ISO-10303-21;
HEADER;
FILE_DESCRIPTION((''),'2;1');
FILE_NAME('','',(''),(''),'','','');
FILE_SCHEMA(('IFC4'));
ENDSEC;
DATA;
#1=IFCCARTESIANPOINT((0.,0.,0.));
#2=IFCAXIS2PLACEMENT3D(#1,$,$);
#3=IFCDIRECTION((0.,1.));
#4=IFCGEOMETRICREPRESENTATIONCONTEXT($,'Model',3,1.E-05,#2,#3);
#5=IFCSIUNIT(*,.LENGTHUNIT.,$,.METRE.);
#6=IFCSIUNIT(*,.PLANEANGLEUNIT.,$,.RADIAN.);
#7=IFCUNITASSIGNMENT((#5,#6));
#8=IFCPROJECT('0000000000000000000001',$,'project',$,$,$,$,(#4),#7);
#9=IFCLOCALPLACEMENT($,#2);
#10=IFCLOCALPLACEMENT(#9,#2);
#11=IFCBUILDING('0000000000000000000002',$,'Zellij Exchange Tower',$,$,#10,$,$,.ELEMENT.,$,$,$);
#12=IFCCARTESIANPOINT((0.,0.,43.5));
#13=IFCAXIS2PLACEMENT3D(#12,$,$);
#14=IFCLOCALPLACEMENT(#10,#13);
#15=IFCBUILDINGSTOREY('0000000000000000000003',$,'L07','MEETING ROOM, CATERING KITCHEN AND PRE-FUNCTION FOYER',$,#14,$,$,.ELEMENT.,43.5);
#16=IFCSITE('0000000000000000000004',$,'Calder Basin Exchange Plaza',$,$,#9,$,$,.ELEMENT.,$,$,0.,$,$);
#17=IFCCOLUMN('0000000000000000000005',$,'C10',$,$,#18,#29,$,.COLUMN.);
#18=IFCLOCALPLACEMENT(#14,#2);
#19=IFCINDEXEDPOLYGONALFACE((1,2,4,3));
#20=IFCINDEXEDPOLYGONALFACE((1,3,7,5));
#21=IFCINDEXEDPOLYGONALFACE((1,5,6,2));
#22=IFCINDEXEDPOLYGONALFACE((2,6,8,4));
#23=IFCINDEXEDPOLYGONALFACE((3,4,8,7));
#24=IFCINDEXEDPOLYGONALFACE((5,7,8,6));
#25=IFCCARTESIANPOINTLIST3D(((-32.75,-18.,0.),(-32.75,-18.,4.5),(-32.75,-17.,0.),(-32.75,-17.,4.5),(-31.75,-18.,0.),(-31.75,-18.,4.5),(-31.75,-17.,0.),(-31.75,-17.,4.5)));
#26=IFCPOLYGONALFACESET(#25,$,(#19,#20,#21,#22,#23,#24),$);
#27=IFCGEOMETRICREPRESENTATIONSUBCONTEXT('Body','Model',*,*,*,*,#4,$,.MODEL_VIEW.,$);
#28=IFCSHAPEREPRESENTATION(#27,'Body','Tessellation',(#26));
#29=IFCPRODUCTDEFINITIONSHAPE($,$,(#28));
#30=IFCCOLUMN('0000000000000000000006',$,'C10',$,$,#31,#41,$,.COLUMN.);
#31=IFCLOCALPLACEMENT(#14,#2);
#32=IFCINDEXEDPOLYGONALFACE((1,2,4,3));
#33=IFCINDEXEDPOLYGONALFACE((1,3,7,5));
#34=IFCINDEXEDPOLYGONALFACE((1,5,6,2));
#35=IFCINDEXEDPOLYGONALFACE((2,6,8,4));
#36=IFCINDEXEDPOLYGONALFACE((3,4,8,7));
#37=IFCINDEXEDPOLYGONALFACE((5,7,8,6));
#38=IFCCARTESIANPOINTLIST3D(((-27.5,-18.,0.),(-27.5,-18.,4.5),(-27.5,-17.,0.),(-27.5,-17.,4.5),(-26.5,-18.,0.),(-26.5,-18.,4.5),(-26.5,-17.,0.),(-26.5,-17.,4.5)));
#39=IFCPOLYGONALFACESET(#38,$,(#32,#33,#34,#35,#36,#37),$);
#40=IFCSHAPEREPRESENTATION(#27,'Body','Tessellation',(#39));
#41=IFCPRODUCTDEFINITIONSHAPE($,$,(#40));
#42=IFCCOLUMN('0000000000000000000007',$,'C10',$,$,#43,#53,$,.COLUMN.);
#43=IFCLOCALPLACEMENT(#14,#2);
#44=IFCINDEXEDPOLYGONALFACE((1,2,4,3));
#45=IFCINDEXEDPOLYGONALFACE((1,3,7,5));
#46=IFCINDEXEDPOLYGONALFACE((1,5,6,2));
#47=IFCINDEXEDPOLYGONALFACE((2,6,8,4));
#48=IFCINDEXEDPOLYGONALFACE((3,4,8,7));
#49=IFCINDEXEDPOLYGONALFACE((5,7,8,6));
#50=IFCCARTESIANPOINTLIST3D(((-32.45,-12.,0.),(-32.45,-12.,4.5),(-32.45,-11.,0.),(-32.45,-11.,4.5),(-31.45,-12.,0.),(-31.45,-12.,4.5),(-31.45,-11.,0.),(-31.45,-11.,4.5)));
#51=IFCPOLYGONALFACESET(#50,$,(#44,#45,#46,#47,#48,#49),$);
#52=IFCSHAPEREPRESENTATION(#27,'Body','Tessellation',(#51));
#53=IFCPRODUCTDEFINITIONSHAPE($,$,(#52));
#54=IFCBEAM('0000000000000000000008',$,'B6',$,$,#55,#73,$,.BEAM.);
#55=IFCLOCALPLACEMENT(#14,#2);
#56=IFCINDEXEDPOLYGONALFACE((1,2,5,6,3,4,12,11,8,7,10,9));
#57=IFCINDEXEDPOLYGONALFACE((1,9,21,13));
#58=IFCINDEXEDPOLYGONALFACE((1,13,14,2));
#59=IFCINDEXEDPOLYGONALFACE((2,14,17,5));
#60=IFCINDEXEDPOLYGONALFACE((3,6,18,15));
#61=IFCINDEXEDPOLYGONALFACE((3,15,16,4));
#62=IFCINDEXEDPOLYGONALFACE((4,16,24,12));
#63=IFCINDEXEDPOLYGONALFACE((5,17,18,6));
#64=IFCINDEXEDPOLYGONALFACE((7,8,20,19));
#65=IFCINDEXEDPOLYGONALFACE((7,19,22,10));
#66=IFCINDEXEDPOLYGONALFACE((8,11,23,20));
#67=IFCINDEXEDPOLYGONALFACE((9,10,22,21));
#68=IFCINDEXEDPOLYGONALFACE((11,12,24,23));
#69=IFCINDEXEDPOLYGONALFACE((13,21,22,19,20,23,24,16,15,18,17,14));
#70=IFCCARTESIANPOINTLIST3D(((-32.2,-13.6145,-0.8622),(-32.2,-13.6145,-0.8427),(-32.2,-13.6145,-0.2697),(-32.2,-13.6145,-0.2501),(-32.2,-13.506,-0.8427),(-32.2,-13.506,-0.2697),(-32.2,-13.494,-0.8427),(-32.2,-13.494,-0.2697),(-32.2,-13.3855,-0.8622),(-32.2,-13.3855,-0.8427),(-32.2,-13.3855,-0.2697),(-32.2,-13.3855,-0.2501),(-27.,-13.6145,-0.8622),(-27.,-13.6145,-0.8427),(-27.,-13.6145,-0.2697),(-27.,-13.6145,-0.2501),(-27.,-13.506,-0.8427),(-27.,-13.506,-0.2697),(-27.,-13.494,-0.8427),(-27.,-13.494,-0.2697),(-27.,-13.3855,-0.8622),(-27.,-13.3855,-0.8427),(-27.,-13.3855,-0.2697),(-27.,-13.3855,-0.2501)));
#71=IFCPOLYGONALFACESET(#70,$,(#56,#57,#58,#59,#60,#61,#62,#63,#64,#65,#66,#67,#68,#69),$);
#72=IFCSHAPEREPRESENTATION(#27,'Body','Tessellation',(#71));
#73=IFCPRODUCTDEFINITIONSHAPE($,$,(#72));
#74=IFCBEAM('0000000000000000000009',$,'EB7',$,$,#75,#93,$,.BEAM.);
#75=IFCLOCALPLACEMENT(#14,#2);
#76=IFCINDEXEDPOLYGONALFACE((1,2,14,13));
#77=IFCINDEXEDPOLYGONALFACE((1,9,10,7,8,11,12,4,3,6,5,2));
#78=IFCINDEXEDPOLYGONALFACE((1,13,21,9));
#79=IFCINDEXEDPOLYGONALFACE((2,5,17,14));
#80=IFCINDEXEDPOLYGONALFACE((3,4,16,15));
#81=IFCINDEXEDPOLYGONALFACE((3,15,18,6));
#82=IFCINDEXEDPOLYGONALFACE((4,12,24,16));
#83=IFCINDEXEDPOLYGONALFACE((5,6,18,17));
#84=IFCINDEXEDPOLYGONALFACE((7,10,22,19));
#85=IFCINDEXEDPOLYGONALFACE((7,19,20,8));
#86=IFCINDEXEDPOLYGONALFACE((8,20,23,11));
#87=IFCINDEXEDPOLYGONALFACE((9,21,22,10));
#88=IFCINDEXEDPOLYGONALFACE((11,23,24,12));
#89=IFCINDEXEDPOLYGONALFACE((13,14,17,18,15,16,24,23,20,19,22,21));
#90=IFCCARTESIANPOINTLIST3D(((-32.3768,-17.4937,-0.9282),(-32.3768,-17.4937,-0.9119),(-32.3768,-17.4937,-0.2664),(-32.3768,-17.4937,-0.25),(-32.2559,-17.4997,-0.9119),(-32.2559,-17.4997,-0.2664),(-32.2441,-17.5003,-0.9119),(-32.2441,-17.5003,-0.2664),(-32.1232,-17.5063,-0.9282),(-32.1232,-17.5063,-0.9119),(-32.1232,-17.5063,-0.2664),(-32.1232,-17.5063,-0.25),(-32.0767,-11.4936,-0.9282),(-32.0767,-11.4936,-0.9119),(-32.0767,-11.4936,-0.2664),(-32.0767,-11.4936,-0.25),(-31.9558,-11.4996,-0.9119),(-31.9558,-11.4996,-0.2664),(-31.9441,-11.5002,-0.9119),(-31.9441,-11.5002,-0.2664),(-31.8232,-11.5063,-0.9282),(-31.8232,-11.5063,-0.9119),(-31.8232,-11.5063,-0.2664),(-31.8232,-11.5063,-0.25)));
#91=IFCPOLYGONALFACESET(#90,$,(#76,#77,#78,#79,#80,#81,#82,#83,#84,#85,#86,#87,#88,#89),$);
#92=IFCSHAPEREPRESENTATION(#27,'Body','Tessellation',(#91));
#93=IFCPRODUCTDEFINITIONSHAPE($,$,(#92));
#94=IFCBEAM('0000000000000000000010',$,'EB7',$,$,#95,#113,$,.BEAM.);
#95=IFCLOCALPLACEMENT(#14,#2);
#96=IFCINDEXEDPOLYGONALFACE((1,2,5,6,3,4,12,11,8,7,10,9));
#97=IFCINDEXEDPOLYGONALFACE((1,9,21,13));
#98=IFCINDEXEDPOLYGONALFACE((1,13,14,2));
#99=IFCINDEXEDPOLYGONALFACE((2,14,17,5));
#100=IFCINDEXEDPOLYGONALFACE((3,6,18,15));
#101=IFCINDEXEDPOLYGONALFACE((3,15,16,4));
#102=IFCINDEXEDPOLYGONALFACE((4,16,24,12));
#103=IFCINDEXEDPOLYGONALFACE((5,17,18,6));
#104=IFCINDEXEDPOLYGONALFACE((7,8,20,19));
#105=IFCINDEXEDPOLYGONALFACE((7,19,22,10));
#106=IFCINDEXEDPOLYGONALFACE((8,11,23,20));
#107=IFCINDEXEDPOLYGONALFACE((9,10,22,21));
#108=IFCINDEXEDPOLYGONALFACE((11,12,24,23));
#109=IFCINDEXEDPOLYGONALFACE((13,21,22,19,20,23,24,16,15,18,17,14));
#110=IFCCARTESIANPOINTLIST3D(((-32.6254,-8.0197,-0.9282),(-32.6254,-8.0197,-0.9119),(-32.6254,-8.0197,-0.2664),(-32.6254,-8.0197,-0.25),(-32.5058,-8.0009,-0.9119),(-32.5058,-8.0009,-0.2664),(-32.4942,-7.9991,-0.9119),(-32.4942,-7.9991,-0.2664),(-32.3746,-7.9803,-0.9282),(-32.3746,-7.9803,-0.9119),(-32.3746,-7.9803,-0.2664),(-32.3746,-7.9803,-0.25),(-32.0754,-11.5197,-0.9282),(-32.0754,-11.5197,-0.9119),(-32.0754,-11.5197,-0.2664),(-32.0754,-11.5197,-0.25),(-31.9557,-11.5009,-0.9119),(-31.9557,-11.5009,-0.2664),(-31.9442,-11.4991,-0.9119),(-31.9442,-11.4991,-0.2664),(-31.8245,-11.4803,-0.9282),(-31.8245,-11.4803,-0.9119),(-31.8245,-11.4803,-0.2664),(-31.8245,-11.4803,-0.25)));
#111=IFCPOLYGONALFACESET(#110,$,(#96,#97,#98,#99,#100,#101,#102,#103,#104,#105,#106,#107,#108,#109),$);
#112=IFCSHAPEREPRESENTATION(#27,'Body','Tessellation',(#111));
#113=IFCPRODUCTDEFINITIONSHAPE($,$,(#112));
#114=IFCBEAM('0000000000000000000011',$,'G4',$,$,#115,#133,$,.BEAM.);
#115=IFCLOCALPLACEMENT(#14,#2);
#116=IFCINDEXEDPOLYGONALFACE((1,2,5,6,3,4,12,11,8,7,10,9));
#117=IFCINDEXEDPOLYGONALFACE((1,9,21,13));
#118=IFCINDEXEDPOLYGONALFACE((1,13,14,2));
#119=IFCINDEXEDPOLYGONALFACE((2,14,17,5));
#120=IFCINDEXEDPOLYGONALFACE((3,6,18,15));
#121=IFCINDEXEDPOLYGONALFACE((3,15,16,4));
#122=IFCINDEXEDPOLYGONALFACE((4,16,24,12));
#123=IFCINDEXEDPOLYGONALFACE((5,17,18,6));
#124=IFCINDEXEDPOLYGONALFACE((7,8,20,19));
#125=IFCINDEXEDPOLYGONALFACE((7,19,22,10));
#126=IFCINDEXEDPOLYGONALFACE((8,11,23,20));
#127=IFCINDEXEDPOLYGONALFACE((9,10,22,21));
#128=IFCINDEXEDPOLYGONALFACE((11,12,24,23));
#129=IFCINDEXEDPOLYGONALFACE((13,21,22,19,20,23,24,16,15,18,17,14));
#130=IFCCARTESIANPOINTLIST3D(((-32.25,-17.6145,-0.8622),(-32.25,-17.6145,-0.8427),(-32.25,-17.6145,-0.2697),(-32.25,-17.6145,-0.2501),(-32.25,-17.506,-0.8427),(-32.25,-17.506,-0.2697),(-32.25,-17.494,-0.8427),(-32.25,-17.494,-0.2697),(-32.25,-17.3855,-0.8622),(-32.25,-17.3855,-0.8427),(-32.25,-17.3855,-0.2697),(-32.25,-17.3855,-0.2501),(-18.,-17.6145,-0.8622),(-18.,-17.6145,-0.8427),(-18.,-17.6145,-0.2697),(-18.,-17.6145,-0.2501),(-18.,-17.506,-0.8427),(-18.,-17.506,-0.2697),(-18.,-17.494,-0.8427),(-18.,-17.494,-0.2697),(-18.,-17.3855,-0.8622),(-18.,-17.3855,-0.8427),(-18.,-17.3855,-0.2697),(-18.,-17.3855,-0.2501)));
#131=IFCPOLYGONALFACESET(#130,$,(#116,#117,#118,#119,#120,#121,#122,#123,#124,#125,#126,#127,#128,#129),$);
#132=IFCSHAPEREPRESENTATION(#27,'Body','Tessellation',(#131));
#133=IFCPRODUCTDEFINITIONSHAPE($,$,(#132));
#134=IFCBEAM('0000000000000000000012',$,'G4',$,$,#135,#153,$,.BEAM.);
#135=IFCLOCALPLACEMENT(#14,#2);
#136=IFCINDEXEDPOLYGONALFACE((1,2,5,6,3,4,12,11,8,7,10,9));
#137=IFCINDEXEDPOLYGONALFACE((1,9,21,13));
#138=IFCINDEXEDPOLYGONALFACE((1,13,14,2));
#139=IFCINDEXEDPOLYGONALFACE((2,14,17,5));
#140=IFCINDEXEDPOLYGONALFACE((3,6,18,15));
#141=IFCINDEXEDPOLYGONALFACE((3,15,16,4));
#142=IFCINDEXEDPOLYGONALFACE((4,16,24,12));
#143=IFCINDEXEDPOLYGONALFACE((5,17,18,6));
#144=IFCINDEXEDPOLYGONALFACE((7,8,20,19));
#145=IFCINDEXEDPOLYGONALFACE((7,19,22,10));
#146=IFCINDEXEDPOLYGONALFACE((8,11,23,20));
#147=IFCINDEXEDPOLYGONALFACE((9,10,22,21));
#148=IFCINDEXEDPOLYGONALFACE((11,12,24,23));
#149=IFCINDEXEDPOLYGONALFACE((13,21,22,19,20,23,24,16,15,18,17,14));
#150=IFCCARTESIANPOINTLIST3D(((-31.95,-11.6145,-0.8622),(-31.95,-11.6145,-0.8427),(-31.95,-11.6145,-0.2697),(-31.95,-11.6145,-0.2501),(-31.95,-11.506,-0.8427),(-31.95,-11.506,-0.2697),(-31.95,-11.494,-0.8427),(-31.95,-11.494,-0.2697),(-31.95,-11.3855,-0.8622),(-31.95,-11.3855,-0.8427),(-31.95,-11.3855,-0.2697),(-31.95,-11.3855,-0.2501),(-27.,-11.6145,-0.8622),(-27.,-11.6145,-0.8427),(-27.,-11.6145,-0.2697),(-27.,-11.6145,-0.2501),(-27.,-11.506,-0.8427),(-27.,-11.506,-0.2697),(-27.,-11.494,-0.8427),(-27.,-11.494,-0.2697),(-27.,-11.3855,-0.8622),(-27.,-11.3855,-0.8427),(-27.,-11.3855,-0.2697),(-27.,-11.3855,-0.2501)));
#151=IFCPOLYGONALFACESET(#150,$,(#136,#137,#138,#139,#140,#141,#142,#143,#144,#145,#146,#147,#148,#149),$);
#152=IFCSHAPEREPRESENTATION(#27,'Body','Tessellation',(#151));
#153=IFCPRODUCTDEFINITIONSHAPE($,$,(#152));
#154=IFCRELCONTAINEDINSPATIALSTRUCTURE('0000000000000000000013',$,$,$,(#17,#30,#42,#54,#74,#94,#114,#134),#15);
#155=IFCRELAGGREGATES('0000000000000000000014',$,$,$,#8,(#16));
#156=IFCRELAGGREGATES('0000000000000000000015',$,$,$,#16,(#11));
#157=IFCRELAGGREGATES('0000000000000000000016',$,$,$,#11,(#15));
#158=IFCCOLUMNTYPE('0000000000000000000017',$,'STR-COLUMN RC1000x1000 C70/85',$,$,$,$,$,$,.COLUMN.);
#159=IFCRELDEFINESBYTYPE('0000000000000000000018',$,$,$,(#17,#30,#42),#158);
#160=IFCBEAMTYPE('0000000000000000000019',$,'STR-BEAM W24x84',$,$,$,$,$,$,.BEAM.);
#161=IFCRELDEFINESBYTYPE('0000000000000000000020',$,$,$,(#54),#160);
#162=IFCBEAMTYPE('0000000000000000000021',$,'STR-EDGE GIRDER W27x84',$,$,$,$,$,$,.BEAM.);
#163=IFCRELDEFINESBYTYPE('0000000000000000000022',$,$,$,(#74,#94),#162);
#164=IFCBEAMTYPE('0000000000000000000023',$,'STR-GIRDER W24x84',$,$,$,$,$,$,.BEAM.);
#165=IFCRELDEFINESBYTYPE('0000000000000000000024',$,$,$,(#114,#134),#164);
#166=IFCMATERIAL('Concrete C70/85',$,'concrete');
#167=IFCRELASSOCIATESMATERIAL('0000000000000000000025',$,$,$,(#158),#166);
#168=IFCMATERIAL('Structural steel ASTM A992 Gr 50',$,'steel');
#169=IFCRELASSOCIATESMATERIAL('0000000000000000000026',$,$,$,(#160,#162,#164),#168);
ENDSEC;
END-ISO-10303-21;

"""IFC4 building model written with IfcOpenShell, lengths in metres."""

from ifc_helpers import new_model, si_unit, direction, frame, origin, origin_2d, place, context, subcontext, project, spatial, rectangle, i_section, extrude, material, material_profile, profile_set, type_object, element, save


model = new_model("IFC4")

# Units and contexts
model_context = context("Model", 3, precision=1e-05, world=origin(), true_north=direction((0.0, 1.0)))
body_context = subcontext(model_context, "Body", "Model", "MODEL_VIEW")
ifc_project = project(units=[si_unit("LENGTHUNIT", "METRE"), si_unit("PLANEANGLEUNIT", "RADIAN")], contexts=[model_context])

# Site, building, storey
site_placement = place(None, origin())
site = spatial("IfcSite", under=ifc_project, at=site_placement, Name="Calder Basin Exchange Plaza", CompositionType="ELEMENT", RefElevation=0.0)
building_placement = place(site_placement, origin())
building = spatial("IfcBuilding", under=site, at=building_placement, Name="Zellij Exchange Tower", CompositionType="ELEMENT")
storey_placement = place(building_placement, frame((0.0, 0.0, 43.5)))
storey = spatial("IfcBuildingStorey", under=building, at=storey_placement, Name="L07", Description="MEETING ROOM, CATERING KITCHEN AND PRE-FUNCTION FOYER", CompositionType="ELEMENT", Elevation=43.5)

# Columns
ifc_material_1 = material(Name="Concrete C70/85", Category="concrete")
ifc_material_profile_1 = material_profile(ifc_material_1, rectangle(XDim=1.0, YDim=1.0, at=origin_2d()), Name="STR-COLUMN RC1000x1000 C70/85")
ifc_profile_set_1 = profile_set([ifc_material_profile_1], Name="Concrete C70/85")
column_type = type_object("IfcColumnType", Name="STR-COLUMN RC1000x1000 C70/85", PredefinedType="COLUMN", material=ifc_profile_set_1)
for number, where, z_axis, x_axis, name in (
    (1, (-32.25, -17.5, 0.0), (0.0, 0.0, 1.0), (1.0, 0.0, 0.0), "C10"),
    (2, (-27.0, -17.5, 0.0), (0.0, 0.0, 1.0), (1.0, 0.0, 0.0), "C10"),
    (3, (-31.95, -11.5, 0.0), (0.0, 0.0, 1.0), (1.0, 0.0, 0.0), "C10"),
):
    element("IfcColumn", number, at=place(storey_placement, frame(where, z_axis=z_axis, x_axis=x_axis)), inside=storey, type_object=column_type, Name=name, PredefinedType="COLUMN", context=body_context, shape_type="SweptSolid", body=[
        extrude(rectangle(XDim=1.0, YDim=1.0, at=origin_2d()), origin(), (0.0, 0.0, 1.0), 4.5),
    ])

# Beams
ifc_material_2 = material(Name="Structural steel ASTM A992 Gr 50", Category="steel")
ifc_material_profile_2 = material_profile(ifc_material_2, i_section(OverallWidth=0.229, OverallDepth=0.6121, WebThickness=0.012, FlangeThickness=0.0195, at=origin_2d()), Name="W24x84")
ifc_profile_set_2 = profile_set([ifc_material_profile_2], Name="Structural steel ASTM A992 Gr 50")
beam_type_1 = type_object("IfcBeamType", Name="STR-BEAM W24x84", PredefinedType="BEAM", material=ifc_profile_set_2)
beam_1_placement = place(storey_placement, frame((-32.2, -13.5, -0.5562), z_axis=(1.0, 0.0, 0.0), x_axis=(0.0, 1.0, 0.0)))
element("IfcBeam", 4, at=beam_1_placement, inside=storey, type_object=beam_type_1, Name="B6", PredefinedType="BEAM", context=body_context, shape_type="SweptSolid", body=[
    extrude(i_section(OverallWidth=0.229, OverallDepth=0.6121, WebThickness=0.012, FlangeThickness=0.0195, at=origin_2d()), origin(), (0.0, 0.0, 1.0), 5.2),
])
ifc_material_profile_3 = material_profile(ifc_material_2, i_section(OverallWidth=0.2539, OverallDepth=0.6782, WebThickness=0.0117, FlangeThickness=0.0164, at=origin_2d()), Name="W27x84")
ifc_profile_set_3 = profile_set([ifc_material_profile_3], Name="Structural steel ASTM A992 Gr 50")
beam_type_2 = type_object("IfcBeamType", Name="STR-EDGE GIRDER W27x84", PredefinedType="BEAM", material=ifc_profile_set_3)
beam_2_placement = place(storey_placement, frame((-32.25, -17.5, -0.5891), z_axis=(0.049946, 0.998752, 0.0), x_axis=(-0.998752, 0.049946, 0.0)))
element("IfcBeam", 5, at=beam_2_placement, inside=storey, type_object=beam_type_2, Name="EB7", PredefinedType="BEAM", context=body_context, shape_type="SweptSolid", body=[
    extrude(i_section(OverallWidth=0.2539, OverallDepth=0.6782, WebThickness=0.0117, FlangeThickness=0.0164, at=origin_2d()), origin(), (0.0, 0.0, 1.0), 6.0076),
])
beam_3_placement = place(storey_placement, frame((-31.95, -11.5, -0.5891), z_axis=(-0.155251, 0.987875, 0.0), x_axis=(-0.987875, -0.155251, 0.0)))
element("IfcBeam", 6, at=beam_3_placement, inside=storey, type_object=beam_type_2, Name="EB7", PredefinedType="BEAM", context=body_context, shape_type="SweptSolid", body=[
    extrude(i_section(OverallWidth=0.2539, OverallDepth=0.6782, WebThickness=0.0117, FlangeThickness=0.0164, at=origin_2d()), origin(), (0.0, 0.0, 1.0), 3.543),
])
ifc_material_profile_4 = material_profile(ifc_material_2, i_section(OverallWidth=0.229, OverallDepth=0.6121, WebThickness=0.012, FlangeThickness=0.0195, at=origin_2d()), Name="W24x84")
ifc_profile_set_4 = profile_set([ifc_material_profile_4], Name="Structural steel ASTM A992 Gr 50")
beam_type_3 = type_object("IfcBeamType", Name="STR-GIRDER W24x84", PredefinedType="BEAM", material=ifc_profile_set_4)
beam_4_placement = place(storey_placement, frame((-32.25, -17.5, -0.5562), z_axis=(1.0, 0.0, 0.0), x_axis=(0.0, 1.0, 0.0)))
element("IfcBeam", 7, at=beam_4_placement, inside=storey, type_object=beam_type_3, Name="G4", PredefinedType="BEAM", context=body_context, shape_type="SweptSolid", body=[
    extrude(i_section(OverallWidth=0.229, OverallDepth=0.6121, WebThickness=0.012, FlangeThickness=0.0195, at=origin_2d()), origin(), (0.0, 0.0, 1.0), 14.25),
])
beam_5_placement = place(storey_placement, frame((-31.95, -11.5, -0.5562), z_axis=(1.0, 0.0, 0.0), x_axis=(0.0, 1.0, 0.0)))
element("IfcBeam", 8, at=beam_5_placement, inside=storey, type_object=beam_type_3, Name="G4", PredefinedType="BEAM", context=body_context, shape_type="SweptSolid", body=[
    extrude(i_section(OverallWidth=0.229, OverallDepth=0.6121, WebThickness=0.012, FlangeThickness=0.0195, at=origin_2d()), origin(), (0.0, 0.0, 1.0), 4.95),
])

save(model, "model.ifc")
